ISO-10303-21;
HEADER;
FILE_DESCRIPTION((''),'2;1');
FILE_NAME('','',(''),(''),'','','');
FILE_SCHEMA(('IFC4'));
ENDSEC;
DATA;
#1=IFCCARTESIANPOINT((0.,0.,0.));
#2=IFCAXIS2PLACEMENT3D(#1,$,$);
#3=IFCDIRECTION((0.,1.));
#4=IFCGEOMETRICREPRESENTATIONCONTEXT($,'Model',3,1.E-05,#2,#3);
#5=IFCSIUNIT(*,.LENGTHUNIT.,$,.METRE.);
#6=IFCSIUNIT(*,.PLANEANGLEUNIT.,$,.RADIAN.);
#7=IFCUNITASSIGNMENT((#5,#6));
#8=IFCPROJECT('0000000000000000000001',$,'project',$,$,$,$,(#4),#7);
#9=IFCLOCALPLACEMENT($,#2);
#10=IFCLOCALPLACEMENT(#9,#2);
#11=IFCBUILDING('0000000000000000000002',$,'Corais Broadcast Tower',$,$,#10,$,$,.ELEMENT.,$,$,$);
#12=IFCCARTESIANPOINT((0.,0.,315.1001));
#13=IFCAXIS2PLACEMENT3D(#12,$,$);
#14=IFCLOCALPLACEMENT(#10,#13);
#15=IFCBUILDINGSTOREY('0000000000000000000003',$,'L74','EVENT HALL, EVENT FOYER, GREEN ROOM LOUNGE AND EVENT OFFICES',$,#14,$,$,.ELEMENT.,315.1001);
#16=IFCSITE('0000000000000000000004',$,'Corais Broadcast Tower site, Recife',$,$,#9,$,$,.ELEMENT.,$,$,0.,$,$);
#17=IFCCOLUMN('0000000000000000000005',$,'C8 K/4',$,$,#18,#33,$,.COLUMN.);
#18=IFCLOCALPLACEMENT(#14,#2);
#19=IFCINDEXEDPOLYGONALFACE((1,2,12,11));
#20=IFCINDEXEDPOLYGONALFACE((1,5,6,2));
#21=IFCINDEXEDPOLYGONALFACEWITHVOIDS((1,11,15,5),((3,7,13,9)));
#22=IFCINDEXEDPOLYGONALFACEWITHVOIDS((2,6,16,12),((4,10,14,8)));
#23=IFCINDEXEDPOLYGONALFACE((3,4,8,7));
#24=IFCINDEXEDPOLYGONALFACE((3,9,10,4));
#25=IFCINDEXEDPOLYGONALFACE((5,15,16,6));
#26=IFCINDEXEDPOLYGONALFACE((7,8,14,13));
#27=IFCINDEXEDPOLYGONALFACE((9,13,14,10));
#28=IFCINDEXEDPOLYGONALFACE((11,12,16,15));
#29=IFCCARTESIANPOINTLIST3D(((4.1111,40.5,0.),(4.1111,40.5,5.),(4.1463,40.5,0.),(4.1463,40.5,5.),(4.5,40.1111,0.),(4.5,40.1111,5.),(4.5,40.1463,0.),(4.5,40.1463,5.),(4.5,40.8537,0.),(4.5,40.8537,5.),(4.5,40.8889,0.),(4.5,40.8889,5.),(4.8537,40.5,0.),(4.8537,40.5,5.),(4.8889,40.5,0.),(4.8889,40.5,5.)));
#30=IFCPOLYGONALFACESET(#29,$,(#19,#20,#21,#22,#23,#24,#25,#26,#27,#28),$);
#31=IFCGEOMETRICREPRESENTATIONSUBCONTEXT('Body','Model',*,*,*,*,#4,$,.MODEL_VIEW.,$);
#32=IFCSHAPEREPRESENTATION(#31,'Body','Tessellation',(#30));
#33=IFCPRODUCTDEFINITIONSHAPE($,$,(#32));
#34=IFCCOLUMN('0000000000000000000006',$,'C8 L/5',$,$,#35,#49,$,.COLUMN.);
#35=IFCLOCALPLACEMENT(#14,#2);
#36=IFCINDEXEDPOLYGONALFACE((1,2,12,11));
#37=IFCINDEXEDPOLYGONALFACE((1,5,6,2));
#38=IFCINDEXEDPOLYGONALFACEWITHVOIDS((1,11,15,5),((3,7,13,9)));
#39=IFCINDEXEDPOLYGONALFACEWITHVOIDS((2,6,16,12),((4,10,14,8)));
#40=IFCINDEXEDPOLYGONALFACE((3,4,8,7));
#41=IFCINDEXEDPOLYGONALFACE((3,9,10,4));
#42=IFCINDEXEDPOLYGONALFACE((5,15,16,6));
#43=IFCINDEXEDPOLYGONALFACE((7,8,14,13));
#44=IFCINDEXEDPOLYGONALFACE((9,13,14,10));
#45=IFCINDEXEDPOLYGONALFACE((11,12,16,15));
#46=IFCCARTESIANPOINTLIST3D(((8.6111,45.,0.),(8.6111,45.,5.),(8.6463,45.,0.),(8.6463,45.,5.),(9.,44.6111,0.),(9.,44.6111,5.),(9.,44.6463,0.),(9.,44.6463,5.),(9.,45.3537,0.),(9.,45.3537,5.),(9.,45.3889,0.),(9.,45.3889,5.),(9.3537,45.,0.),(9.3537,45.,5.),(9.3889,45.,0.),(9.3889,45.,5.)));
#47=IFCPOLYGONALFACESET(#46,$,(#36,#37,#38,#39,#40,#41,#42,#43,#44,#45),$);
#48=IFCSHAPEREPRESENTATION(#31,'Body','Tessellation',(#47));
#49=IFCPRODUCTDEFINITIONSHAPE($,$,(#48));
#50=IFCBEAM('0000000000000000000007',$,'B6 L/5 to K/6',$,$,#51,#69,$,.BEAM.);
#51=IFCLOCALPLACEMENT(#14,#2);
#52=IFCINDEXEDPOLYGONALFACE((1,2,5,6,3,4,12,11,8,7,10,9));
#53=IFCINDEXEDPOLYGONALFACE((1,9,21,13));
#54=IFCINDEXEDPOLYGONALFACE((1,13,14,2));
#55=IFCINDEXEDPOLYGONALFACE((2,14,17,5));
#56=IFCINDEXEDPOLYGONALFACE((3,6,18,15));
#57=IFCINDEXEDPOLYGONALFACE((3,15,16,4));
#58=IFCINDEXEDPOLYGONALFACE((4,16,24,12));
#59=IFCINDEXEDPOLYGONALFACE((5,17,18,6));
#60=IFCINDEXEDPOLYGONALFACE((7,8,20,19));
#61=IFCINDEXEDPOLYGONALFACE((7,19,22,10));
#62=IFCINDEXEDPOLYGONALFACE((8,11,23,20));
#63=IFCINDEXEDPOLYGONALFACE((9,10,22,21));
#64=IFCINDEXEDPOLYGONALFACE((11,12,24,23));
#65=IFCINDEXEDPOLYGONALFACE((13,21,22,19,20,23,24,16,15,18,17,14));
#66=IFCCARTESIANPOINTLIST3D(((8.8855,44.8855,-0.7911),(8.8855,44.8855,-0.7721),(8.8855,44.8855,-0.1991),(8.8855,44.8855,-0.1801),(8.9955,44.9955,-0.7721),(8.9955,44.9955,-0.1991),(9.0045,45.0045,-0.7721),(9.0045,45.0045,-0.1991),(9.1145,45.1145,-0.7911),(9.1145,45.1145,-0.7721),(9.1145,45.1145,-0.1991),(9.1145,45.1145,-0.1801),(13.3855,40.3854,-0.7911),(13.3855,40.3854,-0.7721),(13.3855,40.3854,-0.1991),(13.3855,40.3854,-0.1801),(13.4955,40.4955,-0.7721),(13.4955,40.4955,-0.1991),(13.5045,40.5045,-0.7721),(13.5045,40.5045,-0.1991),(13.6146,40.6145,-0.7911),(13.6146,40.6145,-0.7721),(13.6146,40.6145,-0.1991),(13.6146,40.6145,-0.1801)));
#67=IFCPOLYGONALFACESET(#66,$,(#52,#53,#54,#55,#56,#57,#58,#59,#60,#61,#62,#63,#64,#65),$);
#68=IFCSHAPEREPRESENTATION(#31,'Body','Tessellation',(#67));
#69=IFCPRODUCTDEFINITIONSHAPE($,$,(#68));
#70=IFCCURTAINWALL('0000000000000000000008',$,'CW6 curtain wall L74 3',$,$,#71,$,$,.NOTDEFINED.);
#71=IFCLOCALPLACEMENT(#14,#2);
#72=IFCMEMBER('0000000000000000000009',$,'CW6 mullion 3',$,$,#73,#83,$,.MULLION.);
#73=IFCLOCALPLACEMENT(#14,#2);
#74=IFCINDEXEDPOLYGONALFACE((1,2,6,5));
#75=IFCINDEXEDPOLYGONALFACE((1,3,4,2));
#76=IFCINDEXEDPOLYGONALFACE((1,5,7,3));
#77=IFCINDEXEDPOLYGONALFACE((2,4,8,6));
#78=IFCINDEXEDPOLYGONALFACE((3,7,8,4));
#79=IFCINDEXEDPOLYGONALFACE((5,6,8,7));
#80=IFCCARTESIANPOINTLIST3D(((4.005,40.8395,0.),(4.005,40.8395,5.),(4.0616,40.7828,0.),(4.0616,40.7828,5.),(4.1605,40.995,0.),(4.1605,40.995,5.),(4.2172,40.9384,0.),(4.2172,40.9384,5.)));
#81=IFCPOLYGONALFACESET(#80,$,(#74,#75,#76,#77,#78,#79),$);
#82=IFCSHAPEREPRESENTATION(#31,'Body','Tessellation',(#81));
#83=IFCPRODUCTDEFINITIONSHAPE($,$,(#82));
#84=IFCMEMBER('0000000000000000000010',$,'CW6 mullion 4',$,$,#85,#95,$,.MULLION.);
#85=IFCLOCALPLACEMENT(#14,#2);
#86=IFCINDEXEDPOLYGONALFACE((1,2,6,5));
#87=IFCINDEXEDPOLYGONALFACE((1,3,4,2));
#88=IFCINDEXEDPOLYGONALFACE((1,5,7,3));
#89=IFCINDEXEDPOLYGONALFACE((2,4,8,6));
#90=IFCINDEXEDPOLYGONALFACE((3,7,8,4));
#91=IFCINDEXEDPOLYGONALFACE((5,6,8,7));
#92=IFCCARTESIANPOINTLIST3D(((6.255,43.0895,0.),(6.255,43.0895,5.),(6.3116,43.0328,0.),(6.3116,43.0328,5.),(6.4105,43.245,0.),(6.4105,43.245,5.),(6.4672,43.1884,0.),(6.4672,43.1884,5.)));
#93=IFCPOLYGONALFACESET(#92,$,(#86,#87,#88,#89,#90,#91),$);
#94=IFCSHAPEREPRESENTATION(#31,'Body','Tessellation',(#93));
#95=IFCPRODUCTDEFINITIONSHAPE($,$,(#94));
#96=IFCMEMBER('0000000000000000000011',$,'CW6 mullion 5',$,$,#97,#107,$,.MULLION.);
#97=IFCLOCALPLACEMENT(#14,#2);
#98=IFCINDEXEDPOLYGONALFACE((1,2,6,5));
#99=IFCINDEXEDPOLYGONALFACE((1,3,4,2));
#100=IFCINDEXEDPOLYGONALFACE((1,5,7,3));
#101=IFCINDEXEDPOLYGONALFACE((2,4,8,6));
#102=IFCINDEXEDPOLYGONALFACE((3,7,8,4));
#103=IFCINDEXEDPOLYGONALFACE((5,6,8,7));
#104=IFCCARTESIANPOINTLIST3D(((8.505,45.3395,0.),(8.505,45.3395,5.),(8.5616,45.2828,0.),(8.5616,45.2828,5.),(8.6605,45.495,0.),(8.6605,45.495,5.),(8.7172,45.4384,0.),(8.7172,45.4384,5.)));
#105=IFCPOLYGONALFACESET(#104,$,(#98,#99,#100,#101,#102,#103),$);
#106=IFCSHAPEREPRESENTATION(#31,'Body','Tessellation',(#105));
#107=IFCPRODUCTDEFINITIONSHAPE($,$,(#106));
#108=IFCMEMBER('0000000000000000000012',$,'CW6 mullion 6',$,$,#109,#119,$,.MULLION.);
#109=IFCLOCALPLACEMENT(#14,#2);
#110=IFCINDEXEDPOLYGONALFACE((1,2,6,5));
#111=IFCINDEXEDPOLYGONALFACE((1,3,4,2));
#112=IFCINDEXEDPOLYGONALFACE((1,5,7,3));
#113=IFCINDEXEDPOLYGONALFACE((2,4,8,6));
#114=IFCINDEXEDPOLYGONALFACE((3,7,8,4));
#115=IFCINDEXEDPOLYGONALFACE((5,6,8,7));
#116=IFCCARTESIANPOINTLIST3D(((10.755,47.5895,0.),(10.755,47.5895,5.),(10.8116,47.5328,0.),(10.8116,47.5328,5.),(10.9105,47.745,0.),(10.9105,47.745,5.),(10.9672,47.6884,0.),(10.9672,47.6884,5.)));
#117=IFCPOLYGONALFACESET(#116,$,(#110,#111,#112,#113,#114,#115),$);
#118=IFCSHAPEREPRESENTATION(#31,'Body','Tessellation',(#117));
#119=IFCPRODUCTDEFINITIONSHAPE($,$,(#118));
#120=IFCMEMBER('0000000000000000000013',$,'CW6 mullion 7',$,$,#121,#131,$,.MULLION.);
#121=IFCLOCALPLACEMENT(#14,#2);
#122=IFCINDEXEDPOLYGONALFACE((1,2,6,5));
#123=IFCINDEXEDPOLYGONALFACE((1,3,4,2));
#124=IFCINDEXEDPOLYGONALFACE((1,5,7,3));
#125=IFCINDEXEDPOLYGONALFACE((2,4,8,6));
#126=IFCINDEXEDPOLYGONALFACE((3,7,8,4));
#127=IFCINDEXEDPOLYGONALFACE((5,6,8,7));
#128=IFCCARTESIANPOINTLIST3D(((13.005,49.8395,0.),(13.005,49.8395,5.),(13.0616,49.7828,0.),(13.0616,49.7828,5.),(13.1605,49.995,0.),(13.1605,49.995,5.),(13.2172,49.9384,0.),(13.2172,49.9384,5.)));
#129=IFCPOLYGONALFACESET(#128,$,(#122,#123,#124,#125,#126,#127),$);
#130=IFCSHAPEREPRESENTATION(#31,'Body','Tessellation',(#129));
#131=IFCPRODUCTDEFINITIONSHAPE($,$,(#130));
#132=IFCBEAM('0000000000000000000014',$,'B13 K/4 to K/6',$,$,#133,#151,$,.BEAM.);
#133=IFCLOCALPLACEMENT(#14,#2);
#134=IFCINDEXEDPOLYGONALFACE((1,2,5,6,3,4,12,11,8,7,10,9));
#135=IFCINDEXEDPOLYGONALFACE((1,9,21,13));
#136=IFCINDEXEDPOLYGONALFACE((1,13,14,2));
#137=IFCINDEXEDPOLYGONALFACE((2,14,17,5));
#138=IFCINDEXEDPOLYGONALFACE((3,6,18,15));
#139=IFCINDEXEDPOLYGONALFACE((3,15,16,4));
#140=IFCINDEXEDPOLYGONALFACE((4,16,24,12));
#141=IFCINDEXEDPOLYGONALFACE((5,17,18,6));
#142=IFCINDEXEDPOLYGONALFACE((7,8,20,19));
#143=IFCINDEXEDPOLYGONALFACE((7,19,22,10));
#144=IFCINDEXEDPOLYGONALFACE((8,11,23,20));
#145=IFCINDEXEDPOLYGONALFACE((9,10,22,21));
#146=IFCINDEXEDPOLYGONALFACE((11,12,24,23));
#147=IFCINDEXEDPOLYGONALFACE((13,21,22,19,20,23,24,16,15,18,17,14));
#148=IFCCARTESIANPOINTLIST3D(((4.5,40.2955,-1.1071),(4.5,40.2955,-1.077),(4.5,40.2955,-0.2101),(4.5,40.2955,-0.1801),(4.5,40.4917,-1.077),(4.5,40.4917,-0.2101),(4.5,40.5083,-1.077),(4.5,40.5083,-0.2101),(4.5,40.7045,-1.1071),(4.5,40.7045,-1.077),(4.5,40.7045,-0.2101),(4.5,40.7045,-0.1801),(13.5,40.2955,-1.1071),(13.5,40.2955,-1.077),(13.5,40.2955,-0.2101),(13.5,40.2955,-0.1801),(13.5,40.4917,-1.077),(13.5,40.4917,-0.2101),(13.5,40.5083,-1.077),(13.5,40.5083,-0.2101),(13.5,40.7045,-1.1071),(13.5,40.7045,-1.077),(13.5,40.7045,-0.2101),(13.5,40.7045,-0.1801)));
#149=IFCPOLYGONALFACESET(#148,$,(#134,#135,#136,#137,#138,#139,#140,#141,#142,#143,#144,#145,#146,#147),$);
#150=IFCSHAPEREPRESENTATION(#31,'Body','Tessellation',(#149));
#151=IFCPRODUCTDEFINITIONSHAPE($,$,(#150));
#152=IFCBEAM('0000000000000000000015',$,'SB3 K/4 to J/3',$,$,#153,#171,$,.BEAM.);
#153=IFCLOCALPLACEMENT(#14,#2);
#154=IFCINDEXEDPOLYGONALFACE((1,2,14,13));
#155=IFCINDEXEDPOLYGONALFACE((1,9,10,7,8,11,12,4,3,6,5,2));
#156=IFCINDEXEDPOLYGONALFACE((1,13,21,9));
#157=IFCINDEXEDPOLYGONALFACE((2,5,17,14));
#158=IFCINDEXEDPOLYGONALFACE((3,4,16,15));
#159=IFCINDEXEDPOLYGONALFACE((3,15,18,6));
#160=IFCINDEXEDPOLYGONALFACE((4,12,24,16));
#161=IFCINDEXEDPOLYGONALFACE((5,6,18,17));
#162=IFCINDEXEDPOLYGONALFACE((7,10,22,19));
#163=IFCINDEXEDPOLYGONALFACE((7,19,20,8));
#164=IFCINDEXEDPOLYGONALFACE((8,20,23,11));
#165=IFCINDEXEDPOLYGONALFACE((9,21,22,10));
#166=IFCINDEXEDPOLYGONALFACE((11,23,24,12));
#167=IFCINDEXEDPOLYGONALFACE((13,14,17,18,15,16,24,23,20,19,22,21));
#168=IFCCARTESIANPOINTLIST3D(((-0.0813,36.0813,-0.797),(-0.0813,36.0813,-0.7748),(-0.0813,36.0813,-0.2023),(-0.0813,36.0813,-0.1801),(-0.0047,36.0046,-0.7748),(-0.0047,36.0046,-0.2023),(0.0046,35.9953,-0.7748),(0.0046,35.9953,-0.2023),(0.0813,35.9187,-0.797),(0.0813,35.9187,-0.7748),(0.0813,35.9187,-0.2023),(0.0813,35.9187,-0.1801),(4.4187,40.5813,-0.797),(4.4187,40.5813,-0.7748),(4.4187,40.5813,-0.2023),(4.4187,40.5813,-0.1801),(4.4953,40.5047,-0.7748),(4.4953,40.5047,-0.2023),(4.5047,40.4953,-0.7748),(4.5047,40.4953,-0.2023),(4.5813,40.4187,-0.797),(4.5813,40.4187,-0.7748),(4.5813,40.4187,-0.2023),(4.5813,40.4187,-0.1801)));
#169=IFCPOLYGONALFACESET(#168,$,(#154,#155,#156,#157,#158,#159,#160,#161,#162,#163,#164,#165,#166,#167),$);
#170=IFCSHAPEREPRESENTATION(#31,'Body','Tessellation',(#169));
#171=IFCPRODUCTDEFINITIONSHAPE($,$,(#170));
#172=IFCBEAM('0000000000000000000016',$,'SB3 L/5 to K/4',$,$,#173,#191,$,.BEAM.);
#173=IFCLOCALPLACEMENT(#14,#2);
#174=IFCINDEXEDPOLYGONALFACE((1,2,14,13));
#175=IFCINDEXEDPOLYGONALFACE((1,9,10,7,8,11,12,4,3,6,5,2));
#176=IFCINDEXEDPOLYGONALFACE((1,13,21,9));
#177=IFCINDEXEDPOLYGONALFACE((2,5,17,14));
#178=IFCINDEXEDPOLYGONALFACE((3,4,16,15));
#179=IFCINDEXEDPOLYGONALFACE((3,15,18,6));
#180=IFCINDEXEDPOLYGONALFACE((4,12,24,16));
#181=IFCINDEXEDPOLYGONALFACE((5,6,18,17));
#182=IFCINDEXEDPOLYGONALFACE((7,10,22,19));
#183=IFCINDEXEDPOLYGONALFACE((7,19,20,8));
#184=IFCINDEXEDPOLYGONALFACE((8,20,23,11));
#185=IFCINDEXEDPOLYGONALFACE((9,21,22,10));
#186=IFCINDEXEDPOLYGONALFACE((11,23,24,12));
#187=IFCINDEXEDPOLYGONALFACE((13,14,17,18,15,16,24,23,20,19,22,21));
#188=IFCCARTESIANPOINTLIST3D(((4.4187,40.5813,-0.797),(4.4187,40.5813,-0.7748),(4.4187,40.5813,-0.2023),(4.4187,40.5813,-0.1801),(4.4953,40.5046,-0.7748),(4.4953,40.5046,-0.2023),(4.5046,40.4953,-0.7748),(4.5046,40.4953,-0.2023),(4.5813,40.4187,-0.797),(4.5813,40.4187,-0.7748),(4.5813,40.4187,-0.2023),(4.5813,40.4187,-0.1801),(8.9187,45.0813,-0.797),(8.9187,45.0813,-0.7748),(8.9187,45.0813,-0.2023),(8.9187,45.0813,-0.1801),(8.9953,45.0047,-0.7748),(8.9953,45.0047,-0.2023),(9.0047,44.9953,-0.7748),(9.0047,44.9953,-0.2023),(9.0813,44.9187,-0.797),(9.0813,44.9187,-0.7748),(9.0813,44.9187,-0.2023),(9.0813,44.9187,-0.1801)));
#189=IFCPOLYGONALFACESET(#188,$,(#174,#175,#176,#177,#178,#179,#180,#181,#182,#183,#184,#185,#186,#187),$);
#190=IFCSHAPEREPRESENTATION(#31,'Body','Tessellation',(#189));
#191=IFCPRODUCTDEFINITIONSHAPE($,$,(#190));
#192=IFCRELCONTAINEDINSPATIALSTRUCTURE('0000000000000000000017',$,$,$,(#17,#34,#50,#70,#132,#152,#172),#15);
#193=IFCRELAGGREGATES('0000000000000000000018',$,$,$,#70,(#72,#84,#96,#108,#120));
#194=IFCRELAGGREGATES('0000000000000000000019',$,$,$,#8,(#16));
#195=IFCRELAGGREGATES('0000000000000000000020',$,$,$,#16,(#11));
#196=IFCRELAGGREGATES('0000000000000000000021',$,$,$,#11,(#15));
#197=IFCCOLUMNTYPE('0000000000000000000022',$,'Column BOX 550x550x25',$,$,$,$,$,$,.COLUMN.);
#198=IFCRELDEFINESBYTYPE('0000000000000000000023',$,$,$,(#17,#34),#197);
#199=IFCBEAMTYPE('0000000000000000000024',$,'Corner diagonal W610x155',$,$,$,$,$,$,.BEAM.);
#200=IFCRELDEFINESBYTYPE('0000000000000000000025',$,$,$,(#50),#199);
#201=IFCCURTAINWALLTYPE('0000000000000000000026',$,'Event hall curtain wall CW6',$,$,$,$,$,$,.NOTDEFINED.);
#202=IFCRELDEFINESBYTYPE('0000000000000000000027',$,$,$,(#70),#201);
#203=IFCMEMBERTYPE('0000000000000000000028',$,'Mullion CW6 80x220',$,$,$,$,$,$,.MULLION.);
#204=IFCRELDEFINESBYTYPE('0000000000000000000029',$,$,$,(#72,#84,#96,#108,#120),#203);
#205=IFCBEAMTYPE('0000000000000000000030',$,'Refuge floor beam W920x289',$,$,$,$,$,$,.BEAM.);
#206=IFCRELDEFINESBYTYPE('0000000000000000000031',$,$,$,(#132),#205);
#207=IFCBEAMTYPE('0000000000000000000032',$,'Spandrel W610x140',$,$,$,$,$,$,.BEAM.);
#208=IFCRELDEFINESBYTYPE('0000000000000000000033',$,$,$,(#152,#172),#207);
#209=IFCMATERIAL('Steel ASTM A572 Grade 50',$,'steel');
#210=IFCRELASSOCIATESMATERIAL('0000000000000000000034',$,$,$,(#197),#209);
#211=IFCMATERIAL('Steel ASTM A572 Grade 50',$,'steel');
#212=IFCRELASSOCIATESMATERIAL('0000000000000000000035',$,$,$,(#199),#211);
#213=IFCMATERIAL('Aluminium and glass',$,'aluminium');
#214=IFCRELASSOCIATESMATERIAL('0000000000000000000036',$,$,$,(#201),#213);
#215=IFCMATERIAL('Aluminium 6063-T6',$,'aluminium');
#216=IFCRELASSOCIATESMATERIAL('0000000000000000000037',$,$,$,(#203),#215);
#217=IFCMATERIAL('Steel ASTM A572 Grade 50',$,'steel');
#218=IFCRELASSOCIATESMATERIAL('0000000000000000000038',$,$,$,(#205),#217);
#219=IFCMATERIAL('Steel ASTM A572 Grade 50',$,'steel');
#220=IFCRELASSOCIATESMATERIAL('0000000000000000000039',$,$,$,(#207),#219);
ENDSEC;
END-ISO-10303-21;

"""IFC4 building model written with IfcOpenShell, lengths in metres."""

from ifc_helpers import new_model, si_unit, direction, frame, origin, origin_2d, place, context, subcontext, project, spatial, rectangle, hollow_rectangle, i_section, extrude, material, material_profile, profile_set, type_object, element, aggregate, save


model = new_model("IFC4")

# Units and contexts
model_context = context("Model", 3, precision=1e-05, world=origin(), true_north=direction((0.0, 1.0)))
body_context = subcontext(model_context, "Body", "Model", "MODEL_VIEW")
ifc_project = project(units=[si_unit("LENGTHUNIT", "METRE"), si_unit("PLANEANGLEUNIT", "RADIAN")], contexts=[model_context])

# Site, building, storey
site_placement = place(None, origin())
site = spatial("IfcSite", under=ifc_project, at=site_placement, Name="Corais Broadcast Tower site, Recife", CompositionType="ELEMENT", RefElevation=0.0)
building_placement = place(site_placement, origin())
building = spatial("IfcBuilding", under=site, at=building_placement, Name="Corais Broadcast Tower", CompositionType="ELEMENT")
storey_placement = place(building_placement, frame((0.0, 0.0, 315.1001)))
storey = spatial("IfcBuildingStorey", under=building, at=storey_placement, Name="L74", Description="EVENT HALL, EVENT FOYER, GREEN ROOM LOUNGE AND EVENT OFFICES", CompositionType="ELEMENT", Elevation=315.1001)

# Columns
ifc_material_1 = material(Name="Steel ASTM A572 Grade 50", Category="steel")
ifc_material_profile_1 = material_profile(ifc_material_1, hollow_rectangle(XDim=0.55, YDim=0.55, WallThickness=0.0249, at=origin_2d()), Name="BOX 550x550x25")
ifc_profile_set_1 = profile_set([ifc_material_profile_1], Name="Steel ASTM A572 Grade 50")
column_type = type_object("IfcColumnType", Name="Column BOX 550x550x25", PredefinedType="COLUMN", material=ifc_profile_set_1)
for number, where, z_axis, x_axis, name in (
    (1, (4.5, 40.5, 0.0), (0.0, 0.0, 1.0), (0.707107, 0.707107, 0.0), "C8 K/4"),
    (2, (9.0, 45.0, 0.0), (0.0, 0.0, 1.0), (0.707107, 0.707107, 0.0), "C8 L/5"),
):
    element("IfcColumn", number, at=place(storey_placement, frame(where, z_axis=z_axis, x_axis=x_axis)), inside=storey, type_object=column_type, Name=name, PredefinedType="COLUMN", context=body_context, shape_type="SweptSolid", body=[
        extrude(hollow_rectangle(XDim=0.55, YDim=0.55, WallThickness=0.0249, at=origin_2d()), origin(), (0.0, 0.0, 1.0), 5.0),
    ])

# Beam
ifc_material_2 = material(Name="Steel ASTM A572 Grade 50", Category="steel")
ifc_material_profile_2 = material_profile(ifc_material_2, i_section(OverallWidth=0.324, OverallDepth=0.6111, WebThickness=0.0127, FlangeThickness=0.019, at=origin_2d()), Name="W610x155")
ifc_profile_set_2 = profile_set([ifc_material_profile_2], Name="Steel ASTM A572 Grade 50")
beam_type_1 = type_object("IfcBeamType", Name="Corner diagonal W610x155", PredefinedType="BEAM", material=ifc_profile_set_2)
beam_1_placement = place(storey_placement, frame((9.0, 45.0, -0.4856), z_axis=(0.707107, -0.707107, 0.0), x_axis=(0.707107, 0.707107, 0.0)))
element("IfcBeam", 3, at=beam_1_placement, inside=storey, type_object=beam_type_1, Name="B6 L/5 to K/6", PredefinedType="BEAM", context=body_context, shape_type="SweptSolid", body=[
    extrude(i_section(OverallWidth=0.324, OverallDepth=0.6111, WebThickness=0.0127, FlangeThickness=0.019, at=origin_2d()), origin(), (0.0, 0.0, 1.0), 6.364),
])

# Curtain wall, members
ifc_material_3 = material(Name="Aluminium and glass", Category="aluminium")
curtain_wall_type = type_object("IfcCurtainWallType", Name="Event hall curtain wall CW6", PredefinedType="NOTDEFINED", material=ifc_material_3)
curtain_wall_placement = place(storey_placement, origin())
curtain_wall = element("IfcCurtainWall", 4, at=curtain_wall_placement, inside=storey, type_object=curtain_wall_type, Name="CW6 curtain wall L74 3", PredefinedType="NOTDEFINED")
ifc_material_4 = material(Name="Aluminium 6063-T6", Category="aluminium")
ifc_material_profile_3 = material_profile(ifc_material_4, rectangle(XDim=0.0801, YDim=0.22, at=origin_2d()), Name="Mullion CW6 80x220")
ifc_profile_set_3 = profile_set([ifc_material_profile_3], Name="Aluminium 6063-T6")
member_type_1 = type_object("IfcMemberType", Name="Mullion CW6 80x220", PredefinedType="MULLION", material=ifc_profile_set_3)
member_1_placement = place(storey_placement, frame((4.1111, 40.8889, 0.0), z_axis=(0.0, 0.0, 1.0), x_axis=(-0.707107, 0.707107, 0.0)))
member_1 = element("IfcMember", 5, at=member_1_placement, type_object=member_type_1, Name="CW6 mullion 3", PredefinedType="MULLION", context=body_context, shape_type="SweptSolid", body=[
    extrude(rectangle(XDim=0.0801, YDim=0.22, at=origin_2d()), origin(), (0.0, 0.0, 1.0), 5.0),
])
member_2_placement = place(storey_placement, frame((6.3611, 43.1389, 0.0), z_axis=(0.0, 0.0, 1.0), x_axis=(-0.707107, 0.707107, 0.0)))
member_2 = element("IfcMember", 6, at=member_2_placement, type_object=member_type_1, Name="CW6 mullion 4", PredefinedType="MULLION", context=body_context, shape_type="SweptSolid", body=[
    extrude(rectangle(XDim=0.0801, YDim=0.22, at=origin_2d()), origin(), (0.0, 0.0, 1.0), 5.0),
])
member_3_placement = place(storey_placement, frame((8.6111, 45.3889, 0.0), z_axis=(0.0, 0.0, 1.0), x_axis=(-0.707107, 0.707107, 0.0)))
member_3 = element("IfcMember", 7, at=member_3_placement, type_object=member_type_1, Name="CW6 mullion 5", PredefinedType="MULLION", context=body_context, shape_type="SweptSolid", body=[
    extrude(rectangle(XDim=0.0801, YDim=0.22, at=origin_2d()), origin(), (0.0, 0.0, 1.0), 5.0),
])
member_4_placement = place(storey_placement, frame((10.8611, 47.6389, 0.0), z_axis=(0.0, 0.0, 1.0), x_axis=(-0.707107, 0.707107, 0.0)))
member_4 = element("IfcMember", 8, at=member_4_placement, type_object=member_type_1, Name="CW6 mullion 6", PredefinedType="MULLION", context=body_context, shape_type="SweptSolid", body=[
    extrude(rectangle(XDim=0.0801, YDim=0.22, at=origin_2d()), origin(), (0.0, 0.0, 1.0), 5.0),
])
member_5_placement = place(storey_placement, frame((13.1111, 49.8889, 0.0), z_axis=(0.0, 0.0, 1.0), x_axis=(-0.707107, 0.707107, 0.0)))
member_5 = element("IfcMember", 9, at=member_5_placement, type_object=member_type_1, Name="CW6 mullion 7", PredefinedType="MULLION", context=body_context, shape_type="SweptSolid", body=[
    extrude(rectangle(XDim=0.0801, YDim=0.22, at=origin_2d()), origin(), (0.0, 0.0, 1.0), 5.0),
])

# Beams
ifc_material_5 = material(Name="Steel ASTM A572 Grade 50", Category="steel")
ifc_material_profile_4 = material_profile(ifc_material_5, i_section(OverallWidth=0.4089, OverallDepth=0.927, WebThickness=0.0166, FlangeThickness=0.03, at=origin_2d()), Name="W920x289")
ifc_profile_set_4 = profile_set([ifc_material_profile_4], Name="Steel ASTM A572 Grade 50")
beam_type_2 = type_object("IfcBeamType", Name="Refuge floor beam W920x289", PredefinedType="BEAM", material=ifc_profile_set_4)
beam_2_placement = place(storey_placement, frame((4.5, 40.5, -0.6436), z_axis=(1.0, 0.0, 0.0), x_axis=(0.0, 1.0, 0.0)))
element("IfcBeam", 10, at=beam_2_placement, inside=storey, type_object=beam_type_2, Name="B13 K/4 to K/6", PredefinedType="BEAM", context=body_context, shape_type="SweptSolid", body=[
    extrude(i_section(OverallWidth=0.4089, OverallDepth=0.927, WebThickness=0.0166, FlangeThickness=0.03, at=origin_2d()), origin(), (0.0, 0.0, 1.0), 9.0),
])
ifc_material_6 = material(Name="Steel ASTM A572 Grade 50", Category="steel")
ifc_material_profile_5 = material_profile(ifc_material_6, i_section(OverallWidth=0.23, OverallDepth=0.6169, WebThickness=0.0132, FlangeThickness=0.0222, at=origin_2d()), Name="W610x140")
ifc_profile_set_5 = profile_set([ifc_material_profile_5], Name="Steel ASTM A572 Grade 50")
beam_type_3 = type_object("IfcBeamType", Name="Spandrel W610x140", PredefinedType="BEAM", material=ifc_profile_set_5)
for number, where, z_axis, x_axis, name in (
    (11, (4.5, 40.5, -0.4885), (-0.707107, -0.707107, 0.0), (0.707107, -0.707107, 0.0), "SB3 K/4 to J/3"),
    (12, (9.0, 45.0, -0.4885), (-0.707107, -0.707107, 0.0), (0.707107, -0.707107, 0.0), "SB3 L/5 to K/4"),
):
    element("IfcBeam", number, at=place(storey_placement, frame(where, z_axis=z_axis, x_axis=x_axis)), inside=storey, type_object=beam_type_3, Name=name, PredefinedType="BEAM", context=body_context, shape_type="SweptSolid", body=[
        extrude(i_section(OverallWidth=0.23, OverallDepth=0.6169, WebThickness=0.0132, FlangeThickness=0.0222, at=origin_2d()), origin(), (0.0, 0.0, 1.0), 6.364),
    ])

aggregate(curtain_wall, [member_1, member_2, member_3, member_4, member_5])

save(model, "model.ifc")
